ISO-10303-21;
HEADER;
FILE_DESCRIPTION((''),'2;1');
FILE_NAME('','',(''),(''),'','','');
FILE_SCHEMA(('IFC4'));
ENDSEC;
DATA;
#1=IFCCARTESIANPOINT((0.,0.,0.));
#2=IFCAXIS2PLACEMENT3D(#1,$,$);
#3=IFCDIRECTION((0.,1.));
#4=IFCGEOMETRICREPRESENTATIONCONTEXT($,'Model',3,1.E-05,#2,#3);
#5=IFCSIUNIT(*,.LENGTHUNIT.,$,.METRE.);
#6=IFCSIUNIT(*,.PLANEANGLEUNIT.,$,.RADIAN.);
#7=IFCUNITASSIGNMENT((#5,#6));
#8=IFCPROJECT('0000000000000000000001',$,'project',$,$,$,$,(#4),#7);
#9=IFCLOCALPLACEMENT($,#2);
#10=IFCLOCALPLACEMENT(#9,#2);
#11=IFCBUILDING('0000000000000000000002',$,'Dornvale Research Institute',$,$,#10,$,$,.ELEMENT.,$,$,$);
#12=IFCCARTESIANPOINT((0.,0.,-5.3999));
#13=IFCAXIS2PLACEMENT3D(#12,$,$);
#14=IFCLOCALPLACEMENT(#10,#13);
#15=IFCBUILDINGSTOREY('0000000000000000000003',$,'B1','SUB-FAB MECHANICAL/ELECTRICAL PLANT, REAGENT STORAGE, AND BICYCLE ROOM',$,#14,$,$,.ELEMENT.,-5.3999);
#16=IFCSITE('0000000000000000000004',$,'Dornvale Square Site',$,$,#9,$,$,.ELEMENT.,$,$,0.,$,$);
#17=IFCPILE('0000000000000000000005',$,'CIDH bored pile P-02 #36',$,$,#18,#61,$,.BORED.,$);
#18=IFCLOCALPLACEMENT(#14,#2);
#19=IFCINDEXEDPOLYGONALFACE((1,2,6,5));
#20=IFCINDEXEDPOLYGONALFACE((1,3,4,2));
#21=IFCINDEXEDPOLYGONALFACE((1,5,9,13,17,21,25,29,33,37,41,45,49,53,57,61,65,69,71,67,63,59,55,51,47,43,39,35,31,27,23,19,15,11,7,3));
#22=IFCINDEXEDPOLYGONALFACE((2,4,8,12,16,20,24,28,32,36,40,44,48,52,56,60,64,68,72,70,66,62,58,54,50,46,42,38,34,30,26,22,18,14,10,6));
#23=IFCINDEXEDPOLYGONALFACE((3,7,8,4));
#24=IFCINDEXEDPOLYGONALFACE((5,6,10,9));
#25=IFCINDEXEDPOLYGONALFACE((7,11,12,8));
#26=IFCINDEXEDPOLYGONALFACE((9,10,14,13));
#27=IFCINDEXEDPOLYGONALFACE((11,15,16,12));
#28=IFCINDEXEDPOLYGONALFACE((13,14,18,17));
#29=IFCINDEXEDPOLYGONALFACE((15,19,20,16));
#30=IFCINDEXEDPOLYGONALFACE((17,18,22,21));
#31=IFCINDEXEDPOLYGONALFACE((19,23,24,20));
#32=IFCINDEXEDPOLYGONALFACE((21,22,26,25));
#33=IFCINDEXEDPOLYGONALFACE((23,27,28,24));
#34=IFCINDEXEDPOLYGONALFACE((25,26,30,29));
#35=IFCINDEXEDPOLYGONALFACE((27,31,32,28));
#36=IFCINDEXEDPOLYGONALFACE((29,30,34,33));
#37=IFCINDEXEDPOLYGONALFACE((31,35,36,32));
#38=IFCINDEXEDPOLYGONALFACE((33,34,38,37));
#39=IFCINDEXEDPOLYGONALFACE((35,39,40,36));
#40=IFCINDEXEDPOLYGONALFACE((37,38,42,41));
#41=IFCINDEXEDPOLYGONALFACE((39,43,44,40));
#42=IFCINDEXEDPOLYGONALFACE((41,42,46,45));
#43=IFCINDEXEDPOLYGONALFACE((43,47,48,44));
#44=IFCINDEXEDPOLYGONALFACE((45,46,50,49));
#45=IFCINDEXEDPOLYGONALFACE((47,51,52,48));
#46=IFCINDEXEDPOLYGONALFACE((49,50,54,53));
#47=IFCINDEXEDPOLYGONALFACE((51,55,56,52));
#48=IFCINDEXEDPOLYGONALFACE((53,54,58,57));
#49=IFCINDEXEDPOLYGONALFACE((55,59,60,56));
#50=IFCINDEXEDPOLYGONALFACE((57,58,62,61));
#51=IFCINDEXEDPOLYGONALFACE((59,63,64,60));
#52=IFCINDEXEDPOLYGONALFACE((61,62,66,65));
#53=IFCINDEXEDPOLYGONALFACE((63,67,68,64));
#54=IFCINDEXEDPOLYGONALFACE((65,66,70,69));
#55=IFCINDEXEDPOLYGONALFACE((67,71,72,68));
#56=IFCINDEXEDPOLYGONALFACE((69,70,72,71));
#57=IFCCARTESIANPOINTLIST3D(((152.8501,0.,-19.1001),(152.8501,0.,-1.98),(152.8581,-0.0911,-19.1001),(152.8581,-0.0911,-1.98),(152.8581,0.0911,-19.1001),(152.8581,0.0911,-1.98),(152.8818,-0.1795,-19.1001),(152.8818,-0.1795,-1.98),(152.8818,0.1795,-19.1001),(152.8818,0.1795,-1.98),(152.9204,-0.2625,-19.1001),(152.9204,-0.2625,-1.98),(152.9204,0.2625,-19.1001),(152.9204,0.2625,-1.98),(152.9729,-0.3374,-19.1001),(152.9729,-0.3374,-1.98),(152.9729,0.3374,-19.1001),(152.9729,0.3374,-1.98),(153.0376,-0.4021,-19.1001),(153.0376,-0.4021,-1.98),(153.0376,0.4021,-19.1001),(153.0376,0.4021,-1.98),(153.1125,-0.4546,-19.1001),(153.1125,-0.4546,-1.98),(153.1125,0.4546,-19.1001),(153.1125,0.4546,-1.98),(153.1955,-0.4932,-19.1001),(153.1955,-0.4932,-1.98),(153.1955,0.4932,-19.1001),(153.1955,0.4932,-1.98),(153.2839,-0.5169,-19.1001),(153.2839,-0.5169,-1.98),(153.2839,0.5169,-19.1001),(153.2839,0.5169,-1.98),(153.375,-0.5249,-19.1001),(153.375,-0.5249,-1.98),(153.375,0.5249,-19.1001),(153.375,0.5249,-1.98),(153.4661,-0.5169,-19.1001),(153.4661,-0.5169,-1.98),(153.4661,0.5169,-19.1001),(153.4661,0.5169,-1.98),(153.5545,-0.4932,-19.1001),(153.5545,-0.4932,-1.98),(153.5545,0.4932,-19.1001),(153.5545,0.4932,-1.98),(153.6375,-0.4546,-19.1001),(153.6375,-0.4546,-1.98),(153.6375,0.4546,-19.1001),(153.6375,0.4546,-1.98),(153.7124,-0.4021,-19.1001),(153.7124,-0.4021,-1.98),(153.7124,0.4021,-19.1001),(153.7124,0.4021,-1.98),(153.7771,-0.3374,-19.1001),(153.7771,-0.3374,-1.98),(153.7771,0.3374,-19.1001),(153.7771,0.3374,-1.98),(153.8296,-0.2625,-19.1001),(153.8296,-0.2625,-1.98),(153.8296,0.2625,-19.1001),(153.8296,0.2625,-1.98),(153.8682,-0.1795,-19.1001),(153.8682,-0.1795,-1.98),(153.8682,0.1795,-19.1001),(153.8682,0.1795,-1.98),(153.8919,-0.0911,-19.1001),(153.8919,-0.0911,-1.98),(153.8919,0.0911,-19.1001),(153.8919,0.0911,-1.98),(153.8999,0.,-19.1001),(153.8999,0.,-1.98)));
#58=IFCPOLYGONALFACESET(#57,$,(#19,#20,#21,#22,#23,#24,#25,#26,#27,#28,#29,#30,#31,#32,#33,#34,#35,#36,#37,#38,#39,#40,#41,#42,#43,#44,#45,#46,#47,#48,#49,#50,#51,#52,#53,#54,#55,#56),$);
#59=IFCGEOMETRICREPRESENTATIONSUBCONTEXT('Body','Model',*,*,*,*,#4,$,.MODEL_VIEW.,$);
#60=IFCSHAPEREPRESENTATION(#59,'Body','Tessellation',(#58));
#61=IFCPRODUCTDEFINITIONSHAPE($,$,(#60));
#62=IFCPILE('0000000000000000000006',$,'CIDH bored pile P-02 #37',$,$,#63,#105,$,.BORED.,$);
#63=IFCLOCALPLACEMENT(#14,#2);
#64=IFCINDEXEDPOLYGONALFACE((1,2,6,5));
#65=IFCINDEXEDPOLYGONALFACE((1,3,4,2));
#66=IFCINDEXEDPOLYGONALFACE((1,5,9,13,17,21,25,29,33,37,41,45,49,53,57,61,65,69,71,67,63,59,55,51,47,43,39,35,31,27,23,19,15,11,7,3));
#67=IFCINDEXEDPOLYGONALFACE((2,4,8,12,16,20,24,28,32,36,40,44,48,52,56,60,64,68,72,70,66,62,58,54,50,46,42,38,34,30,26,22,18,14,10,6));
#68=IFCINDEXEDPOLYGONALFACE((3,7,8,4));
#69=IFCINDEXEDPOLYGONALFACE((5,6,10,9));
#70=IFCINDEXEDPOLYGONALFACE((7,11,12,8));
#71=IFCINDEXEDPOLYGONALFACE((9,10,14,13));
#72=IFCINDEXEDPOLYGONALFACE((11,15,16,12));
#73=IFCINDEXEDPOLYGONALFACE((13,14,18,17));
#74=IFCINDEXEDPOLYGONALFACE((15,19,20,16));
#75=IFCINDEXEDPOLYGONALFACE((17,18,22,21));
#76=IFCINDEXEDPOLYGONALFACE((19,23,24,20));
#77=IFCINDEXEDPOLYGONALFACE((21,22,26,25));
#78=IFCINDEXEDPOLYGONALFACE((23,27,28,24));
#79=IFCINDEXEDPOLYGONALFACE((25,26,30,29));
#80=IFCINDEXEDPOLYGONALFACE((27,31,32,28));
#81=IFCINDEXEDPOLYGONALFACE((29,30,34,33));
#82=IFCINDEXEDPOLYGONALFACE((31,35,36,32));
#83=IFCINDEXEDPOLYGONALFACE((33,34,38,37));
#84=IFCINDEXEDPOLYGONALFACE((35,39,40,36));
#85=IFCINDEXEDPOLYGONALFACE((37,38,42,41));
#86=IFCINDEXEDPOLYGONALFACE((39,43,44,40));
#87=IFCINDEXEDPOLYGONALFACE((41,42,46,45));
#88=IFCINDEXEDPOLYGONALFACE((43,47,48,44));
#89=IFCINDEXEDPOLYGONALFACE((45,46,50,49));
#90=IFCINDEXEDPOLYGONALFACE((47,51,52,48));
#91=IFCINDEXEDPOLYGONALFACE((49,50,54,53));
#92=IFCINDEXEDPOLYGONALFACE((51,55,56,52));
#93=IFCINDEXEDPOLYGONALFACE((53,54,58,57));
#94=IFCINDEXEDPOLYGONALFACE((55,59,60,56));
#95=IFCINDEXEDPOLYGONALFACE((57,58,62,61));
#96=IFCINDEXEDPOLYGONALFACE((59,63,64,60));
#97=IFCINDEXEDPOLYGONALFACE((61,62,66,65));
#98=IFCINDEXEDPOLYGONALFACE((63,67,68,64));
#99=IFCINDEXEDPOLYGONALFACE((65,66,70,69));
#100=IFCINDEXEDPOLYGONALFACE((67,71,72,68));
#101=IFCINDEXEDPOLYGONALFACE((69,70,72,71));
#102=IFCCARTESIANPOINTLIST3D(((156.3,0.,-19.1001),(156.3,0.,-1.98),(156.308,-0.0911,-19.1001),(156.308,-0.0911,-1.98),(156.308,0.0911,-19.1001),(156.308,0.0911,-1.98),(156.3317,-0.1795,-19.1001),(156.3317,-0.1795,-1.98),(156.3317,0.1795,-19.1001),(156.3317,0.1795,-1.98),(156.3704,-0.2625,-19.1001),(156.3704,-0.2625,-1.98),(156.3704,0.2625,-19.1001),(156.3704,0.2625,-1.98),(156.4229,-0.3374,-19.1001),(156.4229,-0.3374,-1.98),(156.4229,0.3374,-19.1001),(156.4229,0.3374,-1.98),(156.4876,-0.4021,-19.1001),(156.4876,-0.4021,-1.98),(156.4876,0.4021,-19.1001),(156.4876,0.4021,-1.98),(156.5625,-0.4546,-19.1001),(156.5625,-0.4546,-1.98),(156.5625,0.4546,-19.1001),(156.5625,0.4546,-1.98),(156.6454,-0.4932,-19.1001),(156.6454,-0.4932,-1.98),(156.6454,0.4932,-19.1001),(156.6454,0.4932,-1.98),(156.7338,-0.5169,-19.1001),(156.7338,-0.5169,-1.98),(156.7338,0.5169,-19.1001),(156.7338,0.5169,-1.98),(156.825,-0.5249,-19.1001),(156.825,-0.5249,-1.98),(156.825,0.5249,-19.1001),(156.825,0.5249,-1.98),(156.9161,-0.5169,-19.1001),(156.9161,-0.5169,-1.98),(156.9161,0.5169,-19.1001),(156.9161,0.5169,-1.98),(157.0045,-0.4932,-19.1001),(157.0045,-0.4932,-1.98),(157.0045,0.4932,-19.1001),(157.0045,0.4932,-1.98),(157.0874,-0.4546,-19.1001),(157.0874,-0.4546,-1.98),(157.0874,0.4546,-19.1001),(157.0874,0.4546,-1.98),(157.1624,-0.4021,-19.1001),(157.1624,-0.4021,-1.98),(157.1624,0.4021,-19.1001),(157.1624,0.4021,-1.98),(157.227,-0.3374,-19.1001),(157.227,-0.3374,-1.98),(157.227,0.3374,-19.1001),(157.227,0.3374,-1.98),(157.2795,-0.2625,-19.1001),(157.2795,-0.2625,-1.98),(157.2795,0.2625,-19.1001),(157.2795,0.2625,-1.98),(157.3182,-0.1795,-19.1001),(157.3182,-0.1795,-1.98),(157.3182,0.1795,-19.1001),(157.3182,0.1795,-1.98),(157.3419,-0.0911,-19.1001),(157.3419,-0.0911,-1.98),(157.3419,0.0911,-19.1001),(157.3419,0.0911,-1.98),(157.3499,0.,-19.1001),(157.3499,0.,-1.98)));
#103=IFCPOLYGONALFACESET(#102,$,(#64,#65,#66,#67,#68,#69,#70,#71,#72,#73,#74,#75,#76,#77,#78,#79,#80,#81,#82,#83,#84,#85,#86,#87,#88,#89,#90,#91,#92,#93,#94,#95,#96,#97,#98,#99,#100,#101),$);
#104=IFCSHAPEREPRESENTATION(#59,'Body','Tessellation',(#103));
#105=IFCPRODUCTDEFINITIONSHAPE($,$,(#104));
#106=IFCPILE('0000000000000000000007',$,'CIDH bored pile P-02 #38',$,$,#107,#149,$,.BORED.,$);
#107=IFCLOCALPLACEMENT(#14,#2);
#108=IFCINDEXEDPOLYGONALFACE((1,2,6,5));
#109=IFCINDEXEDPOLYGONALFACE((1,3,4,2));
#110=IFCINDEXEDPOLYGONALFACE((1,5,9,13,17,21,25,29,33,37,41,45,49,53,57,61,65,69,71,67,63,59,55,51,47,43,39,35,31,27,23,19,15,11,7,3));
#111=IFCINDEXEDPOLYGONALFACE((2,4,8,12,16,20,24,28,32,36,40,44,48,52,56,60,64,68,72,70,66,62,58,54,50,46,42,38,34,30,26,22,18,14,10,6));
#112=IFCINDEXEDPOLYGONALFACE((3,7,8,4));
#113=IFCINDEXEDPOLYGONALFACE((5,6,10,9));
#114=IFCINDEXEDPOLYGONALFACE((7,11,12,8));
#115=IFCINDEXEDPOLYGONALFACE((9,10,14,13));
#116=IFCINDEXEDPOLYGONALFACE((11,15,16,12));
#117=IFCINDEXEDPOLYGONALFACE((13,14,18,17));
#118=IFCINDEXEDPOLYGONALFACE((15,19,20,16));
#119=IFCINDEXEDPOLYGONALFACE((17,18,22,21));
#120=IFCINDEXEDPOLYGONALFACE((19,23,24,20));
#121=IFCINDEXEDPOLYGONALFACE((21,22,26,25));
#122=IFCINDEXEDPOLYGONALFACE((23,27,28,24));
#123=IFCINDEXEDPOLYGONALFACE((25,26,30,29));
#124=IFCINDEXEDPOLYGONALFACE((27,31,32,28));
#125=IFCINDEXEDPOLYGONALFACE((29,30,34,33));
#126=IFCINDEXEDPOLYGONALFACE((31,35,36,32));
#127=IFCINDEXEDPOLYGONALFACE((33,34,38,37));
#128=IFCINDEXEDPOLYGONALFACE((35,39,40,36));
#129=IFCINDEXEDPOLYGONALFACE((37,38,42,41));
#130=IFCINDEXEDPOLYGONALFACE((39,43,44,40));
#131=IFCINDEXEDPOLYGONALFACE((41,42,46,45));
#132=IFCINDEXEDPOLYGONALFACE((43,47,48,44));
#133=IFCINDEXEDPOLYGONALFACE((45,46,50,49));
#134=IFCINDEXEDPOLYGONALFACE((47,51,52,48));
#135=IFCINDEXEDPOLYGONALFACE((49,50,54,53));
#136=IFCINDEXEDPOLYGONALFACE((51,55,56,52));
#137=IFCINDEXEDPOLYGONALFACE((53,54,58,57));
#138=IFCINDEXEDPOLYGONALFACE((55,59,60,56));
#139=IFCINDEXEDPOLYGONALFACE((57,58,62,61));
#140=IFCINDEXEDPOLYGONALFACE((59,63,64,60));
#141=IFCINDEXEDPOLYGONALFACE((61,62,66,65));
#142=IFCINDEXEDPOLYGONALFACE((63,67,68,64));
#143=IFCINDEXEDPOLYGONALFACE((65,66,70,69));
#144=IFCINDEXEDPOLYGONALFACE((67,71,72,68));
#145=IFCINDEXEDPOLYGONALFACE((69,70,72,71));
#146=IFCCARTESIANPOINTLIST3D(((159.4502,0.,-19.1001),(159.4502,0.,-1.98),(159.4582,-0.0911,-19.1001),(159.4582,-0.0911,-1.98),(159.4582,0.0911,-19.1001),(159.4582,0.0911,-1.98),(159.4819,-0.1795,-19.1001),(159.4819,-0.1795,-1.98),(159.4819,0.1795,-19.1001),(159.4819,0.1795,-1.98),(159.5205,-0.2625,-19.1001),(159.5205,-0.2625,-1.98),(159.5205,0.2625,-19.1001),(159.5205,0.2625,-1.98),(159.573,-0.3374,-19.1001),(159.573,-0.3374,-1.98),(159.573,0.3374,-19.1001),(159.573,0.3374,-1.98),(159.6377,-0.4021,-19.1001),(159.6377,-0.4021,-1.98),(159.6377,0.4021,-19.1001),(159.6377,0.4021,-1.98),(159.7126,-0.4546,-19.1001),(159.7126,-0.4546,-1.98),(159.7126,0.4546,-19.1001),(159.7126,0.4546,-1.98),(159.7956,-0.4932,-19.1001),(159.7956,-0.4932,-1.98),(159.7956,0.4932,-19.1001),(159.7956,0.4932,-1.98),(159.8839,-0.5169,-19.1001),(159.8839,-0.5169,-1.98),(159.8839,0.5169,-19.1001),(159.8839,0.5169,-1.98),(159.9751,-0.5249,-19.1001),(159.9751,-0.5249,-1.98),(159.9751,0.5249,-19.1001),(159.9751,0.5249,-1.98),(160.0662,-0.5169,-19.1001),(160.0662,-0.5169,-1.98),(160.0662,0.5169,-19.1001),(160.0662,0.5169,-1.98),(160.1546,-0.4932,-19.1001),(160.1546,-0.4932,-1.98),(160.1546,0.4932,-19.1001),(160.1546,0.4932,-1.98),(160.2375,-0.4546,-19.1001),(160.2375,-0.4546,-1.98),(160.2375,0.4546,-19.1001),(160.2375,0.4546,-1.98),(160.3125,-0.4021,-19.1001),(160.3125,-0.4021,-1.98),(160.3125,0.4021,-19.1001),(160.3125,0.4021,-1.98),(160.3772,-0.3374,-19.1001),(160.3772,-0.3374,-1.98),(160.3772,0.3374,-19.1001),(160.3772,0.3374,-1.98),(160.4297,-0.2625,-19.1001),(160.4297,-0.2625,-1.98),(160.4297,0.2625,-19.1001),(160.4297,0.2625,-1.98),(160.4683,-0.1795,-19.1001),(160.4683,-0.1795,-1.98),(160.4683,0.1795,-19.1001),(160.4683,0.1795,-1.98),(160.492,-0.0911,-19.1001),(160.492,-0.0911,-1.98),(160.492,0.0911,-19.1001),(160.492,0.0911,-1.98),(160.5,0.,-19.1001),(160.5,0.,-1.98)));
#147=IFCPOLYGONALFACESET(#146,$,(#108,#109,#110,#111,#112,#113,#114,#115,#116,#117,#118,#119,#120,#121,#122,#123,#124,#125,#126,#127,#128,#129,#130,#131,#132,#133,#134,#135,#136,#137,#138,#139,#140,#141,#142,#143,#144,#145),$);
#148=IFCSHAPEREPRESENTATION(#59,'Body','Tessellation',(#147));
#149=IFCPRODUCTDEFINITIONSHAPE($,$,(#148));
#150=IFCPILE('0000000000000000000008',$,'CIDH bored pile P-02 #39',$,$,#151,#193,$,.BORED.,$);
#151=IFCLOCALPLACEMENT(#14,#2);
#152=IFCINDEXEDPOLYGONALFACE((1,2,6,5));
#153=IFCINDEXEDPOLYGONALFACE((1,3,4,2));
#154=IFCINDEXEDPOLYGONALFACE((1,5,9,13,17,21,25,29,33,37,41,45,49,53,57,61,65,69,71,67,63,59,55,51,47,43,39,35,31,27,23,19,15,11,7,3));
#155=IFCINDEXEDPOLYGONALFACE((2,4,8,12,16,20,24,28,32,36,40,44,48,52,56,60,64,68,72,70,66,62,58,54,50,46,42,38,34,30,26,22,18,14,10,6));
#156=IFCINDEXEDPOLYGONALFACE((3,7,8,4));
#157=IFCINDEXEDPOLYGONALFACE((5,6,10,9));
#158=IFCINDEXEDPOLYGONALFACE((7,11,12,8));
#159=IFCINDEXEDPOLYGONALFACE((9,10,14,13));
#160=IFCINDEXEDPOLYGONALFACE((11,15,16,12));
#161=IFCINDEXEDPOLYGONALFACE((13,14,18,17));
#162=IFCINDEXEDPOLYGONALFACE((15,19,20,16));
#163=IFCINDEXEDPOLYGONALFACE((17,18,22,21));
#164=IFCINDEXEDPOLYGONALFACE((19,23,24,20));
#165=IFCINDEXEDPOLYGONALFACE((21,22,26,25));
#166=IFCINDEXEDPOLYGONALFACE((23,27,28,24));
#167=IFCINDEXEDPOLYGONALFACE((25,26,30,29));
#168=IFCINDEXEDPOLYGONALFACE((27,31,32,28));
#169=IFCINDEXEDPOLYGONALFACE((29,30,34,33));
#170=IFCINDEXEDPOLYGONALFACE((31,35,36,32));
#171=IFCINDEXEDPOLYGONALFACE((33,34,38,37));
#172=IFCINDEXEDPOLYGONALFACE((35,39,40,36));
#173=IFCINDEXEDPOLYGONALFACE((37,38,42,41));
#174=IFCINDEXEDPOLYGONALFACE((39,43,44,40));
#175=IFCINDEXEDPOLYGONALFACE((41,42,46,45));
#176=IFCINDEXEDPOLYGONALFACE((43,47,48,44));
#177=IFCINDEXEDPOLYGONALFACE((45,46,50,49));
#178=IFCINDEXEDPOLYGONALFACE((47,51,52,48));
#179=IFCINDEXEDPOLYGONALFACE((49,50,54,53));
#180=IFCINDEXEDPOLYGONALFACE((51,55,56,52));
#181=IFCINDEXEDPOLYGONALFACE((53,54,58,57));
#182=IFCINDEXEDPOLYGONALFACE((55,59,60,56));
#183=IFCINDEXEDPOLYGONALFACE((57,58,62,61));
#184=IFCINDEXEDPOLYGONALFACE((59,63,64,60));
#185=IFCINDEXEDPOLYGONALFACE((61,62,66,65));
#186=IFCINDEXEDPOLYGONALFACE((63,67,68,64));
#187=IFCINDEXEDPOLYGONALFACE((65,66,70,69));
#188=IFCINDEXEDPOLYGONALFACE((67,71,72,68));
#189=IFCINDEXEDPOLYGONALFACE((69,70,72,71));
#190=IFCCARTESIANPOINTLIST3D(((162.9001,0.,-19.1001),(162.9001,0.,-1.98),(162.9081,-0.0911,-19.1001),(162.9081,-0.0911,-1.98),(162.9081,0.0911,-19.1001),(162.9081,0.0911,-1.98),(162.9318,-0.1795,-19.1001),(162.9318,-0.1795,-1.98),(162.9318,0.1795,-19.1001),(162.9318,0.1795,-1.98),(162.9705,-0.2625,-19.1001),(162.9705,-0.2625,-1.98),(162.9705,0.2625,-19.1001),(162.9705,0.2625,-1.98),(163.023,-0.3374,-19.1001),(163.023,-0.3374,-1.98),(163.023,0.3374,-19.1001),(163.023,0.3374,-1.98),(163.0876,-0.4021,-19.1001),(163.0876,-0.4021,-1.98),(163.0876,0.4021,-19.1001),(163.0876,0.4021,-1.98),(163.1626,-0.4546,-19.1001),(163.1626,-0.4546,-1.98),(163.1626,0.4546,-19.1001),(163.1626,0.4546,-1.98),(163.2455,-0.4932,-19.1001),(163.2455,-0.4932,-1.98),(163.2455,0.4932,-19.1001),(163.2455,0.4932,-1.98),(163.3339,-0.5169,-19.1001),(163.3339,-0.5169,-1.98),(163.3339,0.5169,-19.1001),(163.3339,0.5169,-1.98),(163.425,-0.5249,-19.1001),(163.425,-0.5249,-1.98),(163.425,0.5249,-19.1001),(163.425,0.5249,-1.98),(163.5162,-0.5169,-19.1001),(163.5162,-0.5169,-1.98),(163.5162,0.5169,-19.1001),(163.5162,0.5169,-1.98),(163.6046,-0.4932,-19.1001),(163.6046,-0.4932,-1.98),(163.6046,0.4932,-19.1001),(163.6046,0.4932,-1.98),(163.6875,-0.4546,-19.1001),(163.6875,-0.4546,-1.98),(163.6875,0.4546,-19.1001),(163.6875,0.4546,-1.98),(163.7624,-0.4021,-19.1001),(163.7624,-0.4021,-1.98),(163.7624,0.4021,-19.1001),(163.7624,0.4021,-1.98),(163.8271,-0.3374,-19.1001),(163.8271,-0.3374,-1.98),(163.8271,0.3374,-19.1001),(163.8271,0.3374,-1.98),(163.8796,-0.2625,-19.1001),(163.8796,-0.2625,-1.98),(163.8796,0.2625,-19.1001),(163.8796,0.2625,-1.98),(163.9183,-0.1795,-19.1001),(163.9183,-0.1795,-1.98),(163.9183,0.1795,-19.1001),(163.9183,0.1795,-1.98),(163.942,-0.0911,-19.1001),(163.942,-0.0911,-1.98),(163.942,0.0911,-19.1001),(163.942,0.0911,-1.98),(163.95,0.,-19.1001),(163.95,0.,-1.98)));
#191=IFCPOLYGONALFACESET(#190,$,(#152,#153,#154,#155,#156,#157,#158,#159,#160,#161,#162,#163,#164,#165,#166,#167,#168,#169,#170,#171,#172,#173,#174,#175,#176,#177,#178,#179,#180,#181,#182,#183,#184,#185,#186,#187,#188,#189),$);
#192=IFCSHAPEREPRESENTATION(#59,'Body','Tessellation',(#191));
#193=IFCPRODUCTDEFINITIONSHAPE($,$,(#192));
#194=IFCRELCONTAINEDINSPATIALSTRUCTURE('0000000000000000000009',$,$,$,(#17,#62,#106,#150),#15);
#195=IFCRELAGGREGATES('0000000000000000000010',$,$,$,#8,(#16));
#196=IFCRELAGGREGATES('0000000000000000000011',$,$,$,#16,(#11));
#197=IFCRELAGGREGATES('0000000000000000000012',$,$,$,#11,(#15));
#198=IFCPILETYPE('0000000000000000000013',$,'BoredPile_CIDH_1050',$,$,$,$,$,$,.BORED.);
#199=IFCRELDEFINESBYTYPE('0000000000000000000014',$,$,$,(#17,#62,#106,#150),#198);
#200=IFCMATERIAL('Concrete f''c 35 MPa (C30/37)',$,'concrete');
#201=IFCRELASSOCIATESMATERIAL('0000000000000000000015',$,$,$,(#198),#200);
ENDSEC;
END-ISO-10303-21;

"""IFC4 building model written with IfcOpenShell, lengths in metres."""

from ifc_helpers import new_model, si_unit, direction, frame, origin, origin_2d, place, context, subcontext, project, spatial, circle, extrude, material, material_profile, profile_set, type_object, element, save


model = new_model("IFC4")

# Units and contexts
model_context = context("Model", 3, precision=1e-05, world=origin(), true_north=direction((0.0, 1.0)))
body_context = subcontext(model_context, "Body", "Model", "MODEL_VIEW")
ifc_project = project(units=[si_unit("LENGTHUNIT", "METRE"), si_unit("PLANEANGLEUNIT", "RADIAN")], contexts=[model_context])

# Site, building, storey
site_placement = place(None, origin())
site = spatial("IfcSite", under=ifc_project, at=site_placement, Name="Dornvale Square Site", CompositionType="ELEMENT", RefElevation=0.0)
building_placement = place(site_placement, origin())
building = spatial("IfcBuilding", under=site, at=building_placement, Name="Dornvale Research Institute", CompositionType="ELEMENT")
storey_placement = place(building_placement, frame((0.0, 0.0, -5.3999)))
storey = spatial("IfcBuildingStorey", under=building, at=storey_placement, Name="B1", Description="SUB-FAB MECHANICAL/ELECTRICAL PLANT, REAGENT STORAGE, AND BICYCLE ROOM", CompositionType="ELEMENT", Elevation=-5.3999)

# Piles
ifc_material_1 = material(Name="Concrete f'c 35 MPa (C30/37)", Category="concrete")
ifc_material_profile_1 = material_profile(ifc_material_1, circle(Radius=0.5249, at=origin_2d()), Name="CIDH PILE D1050")
ifc_profile_set_1 = profile_set([ifc_material_profile_1], Name="Concrete f'c 35 MPa (C30/37)")
pile_type = type_object("IfcPileType", Name="BoredPile_CIDH_1050", PredefinedType="BORED", material=ifc_profile_set_1)
for number, where, z_axis, x_axis, name in (
    (1, (153.375, 0.0, -1.98), (0.0, 0.0, -1.0), (1.0, 0.0, 0.0), "CIDH bored pile P-02 #36"),
    (2, (156.825, 0.0, -1.98), (0.0, 0.0, -1.0), (1.0, 0.0, 0.0), "CIDH bored pile P-02 #37"),
    (3, (159.9751, 0.0, -1.98), (0.0, 0.0, -1.0), (1.0, 0.0, 0.0), "CIDH bored pile P-02 #38"),
    (4, (163.425, 0.0, -1.98), (0.0, 0.0, -1.0), (1.0, 0.0, 0.0), "CIDH bored pile P-02 #39"),
):
    element("IfcPile", number, at=place(storey_placement, frame(where, z_axis=z_axis, x_axis=x_axis)), inside=storey, type_object=pile_type, Name=name, PredefinedType="BORED", context=body_context, shape_type="SweptSolid", body=[
        extrude(circle(Radius=0.5249, at=origin_2d()), origin(), (0.0, 0.0, 1.0), 17.1201),
    ])

save(model, "model.ifc")
